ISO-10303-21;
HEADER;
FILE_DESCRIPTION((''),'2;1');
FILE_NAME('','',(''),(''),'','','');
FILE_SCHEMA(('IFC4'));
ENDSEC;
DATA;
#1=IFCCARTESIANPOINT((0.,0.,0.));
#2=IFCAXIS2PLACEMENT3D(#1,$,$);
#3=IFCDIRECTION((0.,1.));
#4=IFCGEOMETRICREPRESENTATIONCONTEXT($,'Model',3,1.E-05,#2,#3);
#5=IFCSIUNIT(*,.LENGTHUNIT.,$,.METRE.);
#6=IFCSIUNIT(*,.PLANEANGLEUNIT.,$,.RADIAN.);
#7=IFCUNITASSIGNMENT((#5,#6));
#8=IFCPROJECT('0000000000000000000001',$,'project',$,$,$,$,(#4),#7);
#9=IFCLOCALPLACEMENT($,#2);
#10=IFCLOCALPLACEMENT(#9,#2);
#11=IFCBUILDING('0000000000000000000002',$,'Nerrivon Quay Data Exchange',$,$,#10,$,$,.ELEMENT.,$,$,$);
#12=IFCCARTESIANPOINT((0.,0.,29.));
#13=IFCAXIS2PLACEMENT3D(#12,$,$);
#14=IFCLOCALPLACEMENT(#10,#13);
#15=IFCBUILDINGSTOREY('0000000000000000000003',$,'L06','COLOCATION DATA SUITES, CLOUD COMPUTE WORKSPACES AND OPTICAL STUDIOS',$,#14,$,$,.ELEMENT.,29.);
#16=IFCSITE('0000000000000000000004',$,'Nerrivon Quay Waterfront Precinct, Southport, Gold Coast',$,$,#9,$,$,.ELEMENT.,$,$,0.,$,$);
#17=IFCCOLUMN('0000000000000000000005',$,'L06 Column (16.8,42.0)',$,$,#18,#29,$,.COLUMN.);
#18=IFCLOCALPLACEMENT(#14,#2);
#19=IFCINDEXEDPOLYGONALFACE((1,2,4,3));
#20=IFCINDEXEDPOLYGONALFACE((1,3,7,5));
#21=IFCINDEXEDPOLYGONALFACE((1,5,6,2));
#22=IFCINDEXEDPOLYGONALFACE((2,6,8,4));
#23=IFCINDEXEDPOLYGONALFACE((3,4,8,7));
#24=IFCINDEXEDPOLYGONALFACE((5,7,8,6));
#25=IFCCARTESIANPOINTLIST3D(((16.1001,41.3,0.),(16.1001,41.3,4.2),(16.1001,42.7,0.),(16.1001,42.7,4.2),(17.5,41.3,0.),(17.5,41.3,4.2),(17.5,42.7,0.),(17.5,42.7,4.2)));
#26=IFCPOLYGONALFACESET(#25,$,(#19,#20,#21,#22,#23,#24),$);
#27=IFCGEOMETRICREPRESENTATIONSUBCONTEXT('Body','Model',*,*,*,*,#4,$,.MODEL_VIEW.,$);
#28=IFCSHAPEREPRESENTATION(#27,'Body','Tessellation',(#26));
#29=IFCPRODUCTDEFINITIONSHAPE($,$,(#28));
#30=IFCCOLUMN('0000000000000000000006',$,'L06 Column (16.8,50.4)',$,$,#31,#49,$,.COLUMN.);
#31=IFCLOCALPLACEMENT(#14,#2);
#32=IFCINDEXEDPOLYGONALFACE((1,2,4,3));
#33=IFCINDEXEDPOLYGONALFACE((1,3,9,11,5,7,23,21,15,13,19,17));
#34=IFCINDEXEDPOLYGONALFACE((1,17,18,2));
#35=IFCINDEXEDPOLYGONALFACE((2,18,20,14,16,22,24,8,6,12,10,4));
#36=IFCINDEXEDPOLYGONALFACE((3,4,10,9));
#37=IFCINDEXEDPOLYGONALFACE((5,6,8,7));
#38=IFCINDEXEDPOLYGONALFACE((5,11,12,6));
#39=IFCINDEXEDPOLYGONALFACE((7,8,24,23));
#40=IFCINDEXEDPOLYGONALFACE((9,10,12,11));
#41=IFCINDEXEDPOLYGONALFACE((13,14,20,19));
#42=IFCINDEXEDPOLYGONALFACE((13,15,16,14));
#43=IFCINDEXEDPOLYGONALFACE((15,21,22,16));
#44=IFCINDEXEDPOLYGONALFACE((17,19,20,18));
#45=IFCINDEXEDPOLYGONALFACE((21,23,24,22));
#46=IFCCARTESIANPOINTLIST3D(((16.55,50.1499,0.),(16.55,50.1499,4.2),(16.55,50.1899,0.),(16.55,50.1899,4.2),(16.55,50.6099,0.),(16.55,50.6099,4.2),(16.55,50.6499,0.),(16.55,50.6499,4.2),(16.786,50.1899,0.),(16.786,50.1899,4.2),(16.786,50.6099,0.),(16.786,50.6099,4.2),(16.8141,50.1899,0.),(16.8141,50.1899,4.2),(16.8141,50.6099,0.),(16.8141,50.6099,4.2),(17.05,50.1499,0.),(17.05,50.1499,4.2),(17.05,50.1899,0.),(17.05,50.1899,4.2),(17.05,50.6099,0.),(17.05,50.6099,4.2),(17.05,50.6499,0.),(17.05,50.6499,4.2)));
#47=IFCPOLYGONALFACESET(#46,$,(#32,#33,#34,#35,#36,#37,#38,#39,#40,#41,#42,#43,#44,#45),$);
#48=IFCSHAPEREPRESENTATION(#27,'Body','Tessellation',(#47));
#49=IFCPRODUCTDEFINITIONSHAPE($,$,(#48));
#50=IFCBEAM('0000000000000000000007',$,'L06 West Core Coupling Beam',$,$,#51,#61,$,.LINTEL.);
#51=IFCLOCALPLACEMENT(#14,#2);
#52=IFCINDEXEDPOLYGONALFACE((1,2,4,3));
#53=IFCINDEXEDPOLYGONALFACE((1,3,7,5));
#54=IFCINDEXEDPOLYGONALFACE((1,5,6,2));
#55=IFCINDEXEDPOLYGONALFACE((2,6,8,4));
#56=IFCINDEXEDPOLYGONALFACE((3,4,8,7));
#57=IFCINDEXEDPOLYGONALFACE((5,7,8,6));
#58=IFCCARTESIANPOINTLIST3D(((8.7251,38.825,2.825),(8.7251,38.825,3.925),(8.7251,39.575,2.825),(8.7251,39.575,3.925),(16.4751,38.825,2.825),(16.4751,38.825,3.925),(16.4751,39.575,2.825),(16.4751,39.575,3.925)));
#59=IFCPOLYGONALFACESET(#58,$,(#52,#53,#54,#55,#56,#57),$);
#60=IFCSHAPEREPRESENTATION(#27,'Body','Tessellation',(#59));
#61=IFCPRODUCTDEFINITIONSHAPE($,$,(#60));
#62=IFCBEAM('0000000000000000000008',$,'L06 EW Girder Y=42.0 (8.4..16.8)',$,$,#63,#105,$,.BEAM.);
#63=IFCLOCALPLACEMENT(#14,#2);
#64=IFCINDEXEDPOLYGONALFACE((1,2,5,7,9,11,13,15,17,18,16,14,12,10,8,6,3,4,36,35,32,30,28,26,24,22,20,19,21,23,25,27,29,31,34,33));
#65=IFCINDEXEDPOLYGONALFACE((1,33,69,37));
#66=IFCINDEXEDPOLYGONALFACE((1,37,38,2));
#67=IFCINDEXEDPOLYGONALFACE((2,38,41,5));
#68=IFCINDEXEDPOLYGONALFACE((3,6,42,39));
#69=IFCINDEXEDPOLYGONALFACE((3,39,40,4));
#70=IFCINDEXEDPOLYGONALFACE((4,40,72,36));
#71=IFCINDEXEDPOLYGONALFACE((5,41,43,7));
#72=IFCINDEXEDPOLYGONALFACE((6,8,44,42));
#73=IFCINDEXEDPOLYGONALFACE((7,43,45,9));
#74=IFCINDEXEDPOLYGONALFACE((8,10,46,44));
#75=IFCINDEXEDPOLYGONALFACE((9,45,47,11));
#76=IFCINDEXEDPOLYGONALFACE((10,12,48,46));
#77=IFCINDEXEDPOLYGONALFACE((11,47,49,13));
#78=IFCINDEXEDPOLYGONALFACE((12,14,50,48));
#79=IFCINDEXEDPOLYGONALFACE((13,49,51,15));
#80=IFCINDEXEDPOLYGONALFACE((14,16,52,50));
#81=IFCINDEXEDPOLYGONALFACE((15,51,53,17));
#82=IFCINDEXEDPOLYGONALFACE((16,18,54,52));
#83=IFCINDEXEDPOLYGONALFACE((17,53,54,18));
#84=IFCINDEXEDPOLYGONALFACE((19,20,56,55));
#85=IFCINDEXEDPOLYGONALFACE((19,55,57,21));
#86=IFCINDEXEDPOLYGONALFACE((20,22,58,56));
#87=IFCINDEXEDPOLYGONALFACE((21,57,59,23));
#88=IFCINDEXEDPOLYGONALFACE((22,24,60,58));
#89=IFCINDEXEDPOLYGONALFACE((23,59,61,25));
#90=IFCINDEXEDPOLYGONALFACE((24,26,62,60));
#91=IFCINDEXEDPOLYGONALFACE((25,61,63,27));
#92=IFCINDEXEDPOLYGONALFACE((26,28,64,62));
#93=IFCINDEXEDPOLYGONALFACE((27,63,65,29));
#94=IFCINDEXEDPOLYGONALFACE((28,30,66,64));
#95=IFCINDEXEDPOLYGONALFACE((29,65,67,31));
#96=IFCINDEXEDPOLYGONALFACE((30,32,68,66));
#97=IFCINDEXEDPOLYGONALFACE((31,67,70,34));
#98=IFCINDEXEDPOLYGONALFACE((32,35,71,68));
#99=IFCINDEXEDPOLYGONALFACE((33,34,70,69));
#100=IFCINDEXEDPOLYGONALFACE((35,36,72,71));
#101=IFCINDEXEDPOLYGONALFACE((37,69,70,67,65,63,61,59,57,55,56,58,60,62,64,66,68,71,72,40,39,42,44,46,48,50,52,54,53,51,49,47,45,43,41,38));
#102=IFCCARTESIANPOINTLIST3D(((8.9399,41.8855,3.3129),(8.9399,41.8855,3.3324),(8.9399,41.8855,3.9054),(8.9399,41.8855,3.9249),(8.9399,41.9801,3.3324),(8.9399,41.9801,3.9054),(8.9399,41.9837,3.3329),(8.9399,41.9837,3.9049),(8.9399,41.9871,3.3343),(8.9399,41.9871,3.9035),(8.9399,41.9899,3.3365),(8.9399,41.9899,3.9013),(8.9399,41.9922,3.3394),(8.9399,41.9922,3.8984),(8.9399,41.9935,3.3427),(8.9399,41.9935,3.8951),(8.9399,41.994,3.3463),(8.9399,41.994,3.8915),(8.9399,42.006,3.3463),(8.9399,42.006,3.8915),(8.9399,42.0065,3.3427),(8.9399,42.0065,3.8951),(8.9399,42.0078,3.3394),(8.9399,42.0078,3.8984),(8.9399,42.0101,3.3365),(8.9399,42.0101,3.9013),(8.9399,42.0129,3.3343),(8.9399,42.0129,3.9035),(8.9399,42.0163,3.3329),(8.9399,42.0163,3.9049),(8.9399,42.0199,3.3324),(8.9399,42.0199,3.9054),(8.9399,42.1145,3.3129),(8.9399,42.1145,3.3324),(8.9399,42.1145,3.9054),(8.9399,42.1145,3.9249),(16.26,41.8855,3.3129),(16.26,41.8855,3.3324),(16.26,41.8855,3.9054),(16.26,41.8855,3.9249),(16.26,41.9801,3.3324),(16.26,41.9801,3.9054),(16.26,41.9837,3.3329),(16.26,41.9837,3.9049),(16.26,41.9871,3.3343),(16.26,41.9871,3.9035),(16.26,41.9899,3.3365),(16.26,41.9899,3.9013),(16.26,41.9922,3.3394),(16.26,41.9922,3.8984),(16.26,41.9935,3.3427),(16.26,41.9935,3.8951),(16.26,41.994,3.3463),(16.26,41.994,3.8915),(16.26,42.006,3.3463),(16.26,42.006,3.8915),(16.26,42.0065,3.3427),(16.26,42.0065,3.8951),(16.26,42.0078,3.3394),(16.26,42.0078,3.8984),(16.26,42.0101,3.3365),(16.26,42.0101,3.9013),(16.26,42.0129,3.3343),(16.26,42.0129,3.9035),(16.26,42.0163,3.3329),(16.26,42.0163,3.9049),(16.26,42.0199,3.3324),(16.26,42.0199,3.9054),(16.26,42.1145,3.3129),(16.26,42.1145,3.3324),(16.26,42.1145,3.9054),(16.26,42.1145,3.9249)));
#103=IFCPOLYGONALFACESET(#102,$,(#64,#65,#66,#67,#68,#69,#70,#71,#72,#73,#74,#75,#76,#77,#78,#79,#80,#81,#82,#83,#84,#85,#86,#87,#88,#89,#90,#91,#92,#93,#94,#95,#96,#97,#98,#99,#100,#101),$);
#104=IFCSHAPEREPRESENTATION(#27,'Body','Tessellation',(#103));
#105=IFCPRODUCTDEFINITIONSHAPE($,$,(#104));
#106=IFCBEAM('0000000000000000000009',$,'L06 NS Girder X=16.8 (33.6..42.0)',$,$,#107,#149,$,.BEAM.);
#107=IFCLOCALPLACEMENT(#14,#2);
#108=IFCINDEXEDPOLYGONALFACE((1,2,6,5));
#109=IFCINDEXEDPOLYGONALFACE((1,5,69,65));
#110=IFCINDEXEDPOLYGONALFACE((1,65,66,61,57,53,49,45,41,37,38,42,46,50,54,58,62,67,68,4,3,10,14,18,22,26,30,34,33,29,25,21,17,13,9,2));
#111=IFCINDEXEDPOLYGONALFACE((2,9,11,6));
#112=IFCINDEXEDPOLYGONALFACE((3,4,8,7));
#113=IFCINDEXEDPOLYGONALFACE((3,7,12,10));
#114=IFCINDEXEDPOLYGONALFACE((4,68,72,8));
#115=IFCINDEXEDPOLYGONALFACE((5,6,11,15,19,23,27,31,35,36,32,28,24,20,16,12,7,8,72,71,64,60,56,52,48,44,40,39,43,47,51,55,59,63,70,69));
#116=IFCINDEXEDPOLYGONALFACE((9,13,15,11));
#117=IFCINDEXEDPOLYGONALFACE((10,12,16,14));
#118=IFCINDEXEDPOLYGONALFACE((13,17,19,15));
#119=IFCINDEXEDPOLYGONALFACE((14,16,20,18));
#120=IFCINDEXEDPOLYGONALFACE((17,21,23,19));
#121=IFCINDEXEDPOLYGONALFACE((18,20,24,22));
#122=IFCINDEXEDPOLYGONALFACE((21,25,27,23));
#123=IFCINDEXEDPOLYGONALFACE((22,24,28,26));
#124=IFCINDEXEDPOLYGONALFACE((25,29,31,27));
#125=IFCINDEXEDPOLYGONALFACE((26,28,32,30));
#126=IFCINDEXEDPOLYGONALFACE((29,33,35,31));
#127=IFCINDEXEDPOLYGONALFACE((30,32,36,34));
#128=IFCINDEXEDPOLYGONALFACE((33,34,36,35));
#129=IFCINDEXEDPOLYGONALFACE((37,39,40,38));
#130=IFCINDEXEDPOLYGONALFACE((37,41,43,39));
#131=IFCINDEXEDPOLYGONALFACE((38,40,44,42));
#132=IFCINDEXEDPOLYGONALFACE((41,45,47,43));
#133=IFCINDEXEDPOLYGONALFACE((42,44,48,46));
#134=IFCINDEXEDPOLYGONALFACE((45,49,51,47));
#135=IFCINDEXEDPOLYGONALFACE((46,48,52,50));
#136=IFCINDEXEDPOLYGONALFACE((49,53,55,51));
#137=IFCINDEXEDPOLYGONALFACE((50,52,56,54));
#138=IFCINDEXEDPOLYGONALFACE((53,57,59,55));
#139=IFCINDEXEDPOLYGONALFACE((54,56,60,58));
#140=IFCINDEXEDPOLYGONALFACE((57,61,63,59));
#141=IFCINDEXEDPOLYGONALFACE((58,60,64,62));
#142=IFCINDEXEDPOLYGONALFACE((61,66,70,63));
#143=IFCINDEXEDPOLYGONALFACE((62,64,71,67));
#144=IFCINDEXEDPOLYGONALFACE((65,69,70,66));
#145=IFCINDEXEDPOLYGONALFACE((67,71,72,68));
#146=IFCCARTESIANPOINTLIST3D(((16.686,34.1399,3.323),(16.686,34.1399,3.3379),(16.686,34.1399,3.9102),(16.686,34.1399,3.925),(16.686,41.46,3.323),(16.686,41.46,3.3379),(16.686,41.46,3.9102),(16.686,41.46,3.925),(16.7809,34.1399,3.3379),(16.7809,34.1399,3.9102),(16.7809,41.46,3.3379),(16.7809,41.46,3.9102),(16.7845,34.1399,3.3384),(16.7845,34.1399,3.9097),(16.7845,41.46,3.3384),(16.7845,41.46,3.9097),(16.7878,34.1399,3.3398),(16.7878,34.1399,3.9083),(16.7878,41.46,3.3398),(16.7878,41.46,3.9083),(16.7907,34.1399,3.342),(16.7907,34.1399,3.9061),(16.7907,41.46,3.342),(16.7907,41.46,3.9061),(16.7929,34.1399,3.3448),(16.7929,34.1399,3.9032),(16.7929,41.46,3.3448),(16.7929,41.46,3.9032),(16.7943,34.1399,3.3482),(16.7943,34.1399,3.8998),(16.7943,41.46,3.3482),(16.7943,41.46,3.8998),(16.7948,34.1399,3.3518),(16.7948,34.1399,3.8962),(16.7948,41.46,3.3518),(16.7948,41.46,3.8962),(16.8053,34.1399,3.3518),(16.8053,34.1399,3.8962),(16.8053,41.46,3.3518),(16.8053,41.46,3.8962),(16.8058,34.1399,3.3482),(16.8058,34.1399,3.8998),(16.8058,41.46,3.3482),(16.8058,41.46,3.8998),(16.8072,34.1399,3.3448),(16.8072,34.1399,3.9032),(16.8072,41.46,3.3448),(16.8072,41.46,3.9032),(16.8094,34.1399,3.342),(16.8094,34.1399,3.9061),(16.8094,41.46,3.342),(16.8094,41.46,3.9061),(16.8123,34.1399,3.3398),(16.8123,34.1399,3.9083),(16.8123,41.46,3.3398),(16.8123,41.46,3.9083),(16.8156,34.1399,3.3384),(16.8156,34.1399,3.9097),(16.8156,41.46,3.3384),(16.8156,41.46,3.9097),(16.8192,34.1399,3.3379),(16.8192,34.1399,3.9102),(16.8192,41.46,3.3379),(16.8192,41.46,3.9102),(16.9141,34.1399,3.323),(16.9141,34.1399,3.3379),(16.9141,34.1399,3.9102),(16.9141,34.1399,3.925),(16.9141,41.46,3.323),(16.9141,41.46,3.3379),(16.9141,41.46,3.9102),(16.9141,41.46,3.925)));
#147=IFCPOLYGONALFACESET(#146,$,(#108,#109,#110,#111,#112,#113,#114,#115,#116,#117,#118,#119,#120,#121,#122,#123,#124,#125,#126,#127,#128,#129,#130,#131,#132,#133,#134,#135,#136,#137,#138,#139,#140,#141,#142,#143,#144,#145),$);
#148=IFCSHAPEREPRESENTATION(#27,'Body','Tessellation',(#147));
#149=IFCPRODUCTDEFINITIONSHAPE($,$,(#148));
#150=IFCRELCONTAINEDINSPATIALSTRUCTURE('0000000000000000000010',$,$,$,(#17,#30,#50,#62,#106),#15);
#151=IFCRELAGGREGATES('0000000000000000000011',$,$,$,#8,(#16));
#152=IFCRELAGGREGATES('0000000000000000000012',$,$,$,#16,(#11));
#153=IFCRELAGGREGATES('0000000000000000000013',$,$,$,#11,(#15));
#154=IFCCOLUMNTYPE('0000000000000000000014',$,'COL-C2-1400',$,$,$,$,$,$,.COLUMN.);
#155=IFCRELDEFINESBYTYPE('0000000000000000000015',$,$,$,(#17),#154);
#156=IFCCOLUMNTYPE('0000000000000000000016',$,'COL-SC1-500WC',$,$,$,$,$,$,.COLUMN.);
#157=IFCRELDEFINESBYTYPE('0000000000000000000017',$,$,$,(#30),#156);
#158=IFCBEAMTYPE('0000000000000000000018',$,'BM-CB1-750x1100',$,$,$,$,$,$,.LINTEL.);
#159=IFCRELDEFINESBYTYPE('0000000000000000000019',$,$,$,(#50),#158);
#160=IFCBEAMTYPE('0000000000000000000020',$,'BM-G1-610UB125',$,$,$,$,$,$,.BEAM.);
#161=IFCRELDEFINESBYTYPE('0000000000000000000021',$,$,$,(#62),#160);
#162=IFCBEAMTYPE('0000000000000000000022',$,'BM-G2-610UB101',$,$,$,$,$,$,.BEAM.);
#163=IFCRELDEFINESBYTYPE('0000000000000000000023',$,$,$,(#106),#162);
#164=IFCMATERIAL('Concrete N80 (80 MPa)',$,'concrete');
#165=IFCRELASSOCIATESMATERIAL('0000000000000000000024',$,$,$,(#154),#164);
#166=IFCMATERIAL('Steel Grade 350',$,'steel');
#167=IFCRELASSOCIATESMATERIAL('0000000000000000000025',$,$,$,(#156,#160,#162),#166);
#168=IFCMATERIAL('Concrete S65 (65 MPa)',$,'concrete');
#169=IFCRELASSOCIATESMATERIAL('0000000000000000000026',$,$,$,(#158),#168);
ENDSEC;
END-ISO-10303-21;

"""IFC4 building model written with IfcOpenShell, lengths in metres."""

from ifc_helpers import new_model, si_unit, direction, frame, origin, origin_2d, place, context, subcontext, project, spatial, rectangle, i_section, extrude, material, material_profile, profile_set, type_object, element, save


model = new_model("IFC4")

# Units and contexts
model_context = context("Model", 3, precision=1e-05, world=origin(), true_north=direction((0.0, 1.0)))
body_context = subcontext(model_context, "Body", "Model", "MODEL_VIEW")
ifc_project = project(units=[si_unit("LENGTHUNIT", "METRE"), si_unit("PLANEANGLEUNIT", "RADIAN")], contexts=[model_context])

# Site, building, storey
site_placement = place(None, origin())
site = spatial("IfcSite", under=ifc_project, at=site_placement, Name="Nerrivon Quay Waterfront Precinct, Southport, Gold Coast", CompositionType="ELEMENT", RefElevation=0.0)
building_placement = place(site_placement, origin())
building = spatial("IfcBuilding", under=site, at=building_placement, Name="Nerrivon Quay Data Exchange", CompositionType="ELEMENT")
storey_placement = place(building_placement, frame((0.0, 0.0, 29.0)))
storey = spatial("IfcBuildingStorey", under=building, at=storey_placement, Name="L06", Description="COLOCATION DATA SUITES, CLOUD COMPUTE WORKSPACES AND OPTICAL STUDIOS", CompositionType="ELEMENT", Elevation=29.0)

# Columns
ifc_material_1 = material(Name="Concrete N80 (80 MPa)", Category="concrete")
ifc_material_profile_1 = material_profile(ifc_material_1, rectangle(XDim=1.3999, YDim=1.3999, at=origin_2d()), Name="RC-COL-1400x1400")
ifc_profile_set_1 = profile_set([ifc_material_profile_1], Name="Concrete N80 (80 MPa)")
column_type_1 = type_object("IfcColumnType", Name="COL-C2-1400", PredefinedType="COLUMN", material=ifc_profile_set_1)
column_1_placement = place(storey_placement, frame((16.8, 42.0, 0.0), z_axis=(0.0, 0.0, 1.0), x_axis=(1.0, 0.0, 0.0)))
element("IfcColumn", 1, at=column_1_placement, inside=storey, type_object=column_type_1, Name="L06 Column (16.8,42.0)", PredefinedType="COLUMN", context=body_context, shape_type="SweptSolid", body=[
    extrude(rectangle(XDim=1.3999, YDim=1.3999, at=origin_2d()), origin(), (0.0, 0.0, 1.0), 4.2),
])
ifc_material_2 = material(Name="Steel Grade 350", Category="steel")
ifc_material_profile_2 = material_profile(ifc_material_2, i_section(OverallWidth=0.5, OverallDepth=0.5, WebThickness=0.0281, FlangeThickness=0.04, at=origin_2d()), Name="500WC440")
ifc_profile_set_2 = profile_set([ifc_material_profile_2], Name="Steel Grade 350")
column_type_2 = type_object("IfcColumnType", Name="COL-SC1-500WC", PredefinedType="COLUMN", material=ifc_profile_set_2)
column_2_placement = place(storey_placement, frame((16.8, 50.3999, 0.0), z_axis=(0.0, 0.0, 1.0), x_axis=(1.0, 0.0, 0.0)))
element("IfcColumn", 2, at=column_2_placement, inside=storey, type_object=column_type_2, Name="L06 Column (16.8,50.4)", PredefinedType="COLUMN", context=body_context, shape_type="SweptSolid", body=[
    extrude(i_section(OverallWidth=0.5, OverallDepth=0.5, WebThickness=0.0281, FlangeThickness=0.04, at=origin_2d()), origin(), (0.0, 0.0, 1.0), 4.2),
])

# Beams
ifc_material_3 = material(Name="Concrete S65 (65 MPa)", Category="concrete")
ifc_material_profile_3 = material_profile(ifc_material_3, rectangle(XDim=0.75, YDim=1.1001, at=origin_2d()), Name="RC-CB-750x1100")
ifc_profile_set_3 = profile_set([ifc_material_profile_3], Name="Concrete S65 (65 MPa)")
beam_type_1 = type_object("IfcBeamType", Name="BM-CB1-750x1100", PredefinedType="LINTEL", material=ifc_profile_set_3)
beam_1_placement = place(storey_placement, frame((8.7251, 39.2, 3.375), z_axis=(1.0, 0.0, 0.0), x_axis=(0.0, 1.0, 0.0)))
element("IfcBeam", 3, at=beam_1_placement, inside=storey, type_object=beam_type_1, Name="L06 West Core Coupling Beam", PredefinedType="LINTEL", context=body_context, shape_type="SweptSolid", body=[
    extrude(rectangle(XDim=0.75, YDim=1.1001, at=origin_2d()), origin(), (0.0, 0.0, 1.0), 7.75),
])
ifc_material_profile_4 = material_profile(ifc_material_2, i_section(OverallWidth=0.229, OverallDepth=0.6121, WebThickness=0.012, FlangeThickness=0.0195, FilletRadius=0.0139, at=origin_2d()), Name="610UB125")
ifc_profile_set_4 = profile_set([ifc_material_profile_4], Name="Steel Grade 350")
beam_type_2 = type_object("IfcBeamType", Name="BM-G1-610UB125", PredefinedType="BEAM", material=ifc_profile_set_4)
beam_2_placement = place(storey_placement, frame((8.9399, 42.0, 3.6189), z_axis=(1.0, 0.0, 0.0), x_axis=(0.0, 1.0, 0.0)))
element("IfcBeam", 4, at=beam_2_placement, inside=storey, type_object=beam_type_2, Name="L06 EW Girder Y=42.0 (8.4..16.8)", PredefinedType="BEAM", context=body_context, shape_type="SweptSolid", body=[
    extrude(i_section(OverallWidth=0.229, OverallDepth=0.6121, WebThickness=0.012, FlangeThickness=0.0195, FilletRadius=0.0139, at=origin_2d()), origin(), (0.0, 0.0, 1.0), 7.3201),
])
ifc_material_profile_5 = material_profile(ifc_material_2, i_section(OverallWidth=0.228, OverallDepth=0.6021, WebThickness=0.0105, FlangeThickness=0.0149, FilletRadius=0.0139, at=origin_2d()), Name="610UB101")
ifc_profile_set_5 = profile_set([ifc_material_profile_5], Name="Steel Grade 350")
beam_type_3 = type_object("IfcBeamType", Name="BM-G2-610UB101", PredefinedType="BEAM", material=ifc_profile_set_5)
beam_3_placement = place(storey_placement, frame((16.8, 34.1399, 3.624), z_axis=(0.0, 1.0, 0.0), x_axis=(-1.0, 0.0, 0.0)))
element("IfcBeam", 5, at=beam_3_placement, inside=storey, type_object=beam_type_3, Name="L06 NS Girder X=16.8 (33.6..42.0)", PredefinedType="BEAM", context=body_context, shape_type="SweptSolid", body=[
    extrude(i_section(OverallWidth=0.228, OverallDepth=0.6021, WebThickness=0.0105, FlangeThickness=0.0149, FilletRadius=0.0139, at=origin_2d()), origin(), (0.0, 0.0, 1.0), 7.3201),
])

save(model, "model.ifc")
